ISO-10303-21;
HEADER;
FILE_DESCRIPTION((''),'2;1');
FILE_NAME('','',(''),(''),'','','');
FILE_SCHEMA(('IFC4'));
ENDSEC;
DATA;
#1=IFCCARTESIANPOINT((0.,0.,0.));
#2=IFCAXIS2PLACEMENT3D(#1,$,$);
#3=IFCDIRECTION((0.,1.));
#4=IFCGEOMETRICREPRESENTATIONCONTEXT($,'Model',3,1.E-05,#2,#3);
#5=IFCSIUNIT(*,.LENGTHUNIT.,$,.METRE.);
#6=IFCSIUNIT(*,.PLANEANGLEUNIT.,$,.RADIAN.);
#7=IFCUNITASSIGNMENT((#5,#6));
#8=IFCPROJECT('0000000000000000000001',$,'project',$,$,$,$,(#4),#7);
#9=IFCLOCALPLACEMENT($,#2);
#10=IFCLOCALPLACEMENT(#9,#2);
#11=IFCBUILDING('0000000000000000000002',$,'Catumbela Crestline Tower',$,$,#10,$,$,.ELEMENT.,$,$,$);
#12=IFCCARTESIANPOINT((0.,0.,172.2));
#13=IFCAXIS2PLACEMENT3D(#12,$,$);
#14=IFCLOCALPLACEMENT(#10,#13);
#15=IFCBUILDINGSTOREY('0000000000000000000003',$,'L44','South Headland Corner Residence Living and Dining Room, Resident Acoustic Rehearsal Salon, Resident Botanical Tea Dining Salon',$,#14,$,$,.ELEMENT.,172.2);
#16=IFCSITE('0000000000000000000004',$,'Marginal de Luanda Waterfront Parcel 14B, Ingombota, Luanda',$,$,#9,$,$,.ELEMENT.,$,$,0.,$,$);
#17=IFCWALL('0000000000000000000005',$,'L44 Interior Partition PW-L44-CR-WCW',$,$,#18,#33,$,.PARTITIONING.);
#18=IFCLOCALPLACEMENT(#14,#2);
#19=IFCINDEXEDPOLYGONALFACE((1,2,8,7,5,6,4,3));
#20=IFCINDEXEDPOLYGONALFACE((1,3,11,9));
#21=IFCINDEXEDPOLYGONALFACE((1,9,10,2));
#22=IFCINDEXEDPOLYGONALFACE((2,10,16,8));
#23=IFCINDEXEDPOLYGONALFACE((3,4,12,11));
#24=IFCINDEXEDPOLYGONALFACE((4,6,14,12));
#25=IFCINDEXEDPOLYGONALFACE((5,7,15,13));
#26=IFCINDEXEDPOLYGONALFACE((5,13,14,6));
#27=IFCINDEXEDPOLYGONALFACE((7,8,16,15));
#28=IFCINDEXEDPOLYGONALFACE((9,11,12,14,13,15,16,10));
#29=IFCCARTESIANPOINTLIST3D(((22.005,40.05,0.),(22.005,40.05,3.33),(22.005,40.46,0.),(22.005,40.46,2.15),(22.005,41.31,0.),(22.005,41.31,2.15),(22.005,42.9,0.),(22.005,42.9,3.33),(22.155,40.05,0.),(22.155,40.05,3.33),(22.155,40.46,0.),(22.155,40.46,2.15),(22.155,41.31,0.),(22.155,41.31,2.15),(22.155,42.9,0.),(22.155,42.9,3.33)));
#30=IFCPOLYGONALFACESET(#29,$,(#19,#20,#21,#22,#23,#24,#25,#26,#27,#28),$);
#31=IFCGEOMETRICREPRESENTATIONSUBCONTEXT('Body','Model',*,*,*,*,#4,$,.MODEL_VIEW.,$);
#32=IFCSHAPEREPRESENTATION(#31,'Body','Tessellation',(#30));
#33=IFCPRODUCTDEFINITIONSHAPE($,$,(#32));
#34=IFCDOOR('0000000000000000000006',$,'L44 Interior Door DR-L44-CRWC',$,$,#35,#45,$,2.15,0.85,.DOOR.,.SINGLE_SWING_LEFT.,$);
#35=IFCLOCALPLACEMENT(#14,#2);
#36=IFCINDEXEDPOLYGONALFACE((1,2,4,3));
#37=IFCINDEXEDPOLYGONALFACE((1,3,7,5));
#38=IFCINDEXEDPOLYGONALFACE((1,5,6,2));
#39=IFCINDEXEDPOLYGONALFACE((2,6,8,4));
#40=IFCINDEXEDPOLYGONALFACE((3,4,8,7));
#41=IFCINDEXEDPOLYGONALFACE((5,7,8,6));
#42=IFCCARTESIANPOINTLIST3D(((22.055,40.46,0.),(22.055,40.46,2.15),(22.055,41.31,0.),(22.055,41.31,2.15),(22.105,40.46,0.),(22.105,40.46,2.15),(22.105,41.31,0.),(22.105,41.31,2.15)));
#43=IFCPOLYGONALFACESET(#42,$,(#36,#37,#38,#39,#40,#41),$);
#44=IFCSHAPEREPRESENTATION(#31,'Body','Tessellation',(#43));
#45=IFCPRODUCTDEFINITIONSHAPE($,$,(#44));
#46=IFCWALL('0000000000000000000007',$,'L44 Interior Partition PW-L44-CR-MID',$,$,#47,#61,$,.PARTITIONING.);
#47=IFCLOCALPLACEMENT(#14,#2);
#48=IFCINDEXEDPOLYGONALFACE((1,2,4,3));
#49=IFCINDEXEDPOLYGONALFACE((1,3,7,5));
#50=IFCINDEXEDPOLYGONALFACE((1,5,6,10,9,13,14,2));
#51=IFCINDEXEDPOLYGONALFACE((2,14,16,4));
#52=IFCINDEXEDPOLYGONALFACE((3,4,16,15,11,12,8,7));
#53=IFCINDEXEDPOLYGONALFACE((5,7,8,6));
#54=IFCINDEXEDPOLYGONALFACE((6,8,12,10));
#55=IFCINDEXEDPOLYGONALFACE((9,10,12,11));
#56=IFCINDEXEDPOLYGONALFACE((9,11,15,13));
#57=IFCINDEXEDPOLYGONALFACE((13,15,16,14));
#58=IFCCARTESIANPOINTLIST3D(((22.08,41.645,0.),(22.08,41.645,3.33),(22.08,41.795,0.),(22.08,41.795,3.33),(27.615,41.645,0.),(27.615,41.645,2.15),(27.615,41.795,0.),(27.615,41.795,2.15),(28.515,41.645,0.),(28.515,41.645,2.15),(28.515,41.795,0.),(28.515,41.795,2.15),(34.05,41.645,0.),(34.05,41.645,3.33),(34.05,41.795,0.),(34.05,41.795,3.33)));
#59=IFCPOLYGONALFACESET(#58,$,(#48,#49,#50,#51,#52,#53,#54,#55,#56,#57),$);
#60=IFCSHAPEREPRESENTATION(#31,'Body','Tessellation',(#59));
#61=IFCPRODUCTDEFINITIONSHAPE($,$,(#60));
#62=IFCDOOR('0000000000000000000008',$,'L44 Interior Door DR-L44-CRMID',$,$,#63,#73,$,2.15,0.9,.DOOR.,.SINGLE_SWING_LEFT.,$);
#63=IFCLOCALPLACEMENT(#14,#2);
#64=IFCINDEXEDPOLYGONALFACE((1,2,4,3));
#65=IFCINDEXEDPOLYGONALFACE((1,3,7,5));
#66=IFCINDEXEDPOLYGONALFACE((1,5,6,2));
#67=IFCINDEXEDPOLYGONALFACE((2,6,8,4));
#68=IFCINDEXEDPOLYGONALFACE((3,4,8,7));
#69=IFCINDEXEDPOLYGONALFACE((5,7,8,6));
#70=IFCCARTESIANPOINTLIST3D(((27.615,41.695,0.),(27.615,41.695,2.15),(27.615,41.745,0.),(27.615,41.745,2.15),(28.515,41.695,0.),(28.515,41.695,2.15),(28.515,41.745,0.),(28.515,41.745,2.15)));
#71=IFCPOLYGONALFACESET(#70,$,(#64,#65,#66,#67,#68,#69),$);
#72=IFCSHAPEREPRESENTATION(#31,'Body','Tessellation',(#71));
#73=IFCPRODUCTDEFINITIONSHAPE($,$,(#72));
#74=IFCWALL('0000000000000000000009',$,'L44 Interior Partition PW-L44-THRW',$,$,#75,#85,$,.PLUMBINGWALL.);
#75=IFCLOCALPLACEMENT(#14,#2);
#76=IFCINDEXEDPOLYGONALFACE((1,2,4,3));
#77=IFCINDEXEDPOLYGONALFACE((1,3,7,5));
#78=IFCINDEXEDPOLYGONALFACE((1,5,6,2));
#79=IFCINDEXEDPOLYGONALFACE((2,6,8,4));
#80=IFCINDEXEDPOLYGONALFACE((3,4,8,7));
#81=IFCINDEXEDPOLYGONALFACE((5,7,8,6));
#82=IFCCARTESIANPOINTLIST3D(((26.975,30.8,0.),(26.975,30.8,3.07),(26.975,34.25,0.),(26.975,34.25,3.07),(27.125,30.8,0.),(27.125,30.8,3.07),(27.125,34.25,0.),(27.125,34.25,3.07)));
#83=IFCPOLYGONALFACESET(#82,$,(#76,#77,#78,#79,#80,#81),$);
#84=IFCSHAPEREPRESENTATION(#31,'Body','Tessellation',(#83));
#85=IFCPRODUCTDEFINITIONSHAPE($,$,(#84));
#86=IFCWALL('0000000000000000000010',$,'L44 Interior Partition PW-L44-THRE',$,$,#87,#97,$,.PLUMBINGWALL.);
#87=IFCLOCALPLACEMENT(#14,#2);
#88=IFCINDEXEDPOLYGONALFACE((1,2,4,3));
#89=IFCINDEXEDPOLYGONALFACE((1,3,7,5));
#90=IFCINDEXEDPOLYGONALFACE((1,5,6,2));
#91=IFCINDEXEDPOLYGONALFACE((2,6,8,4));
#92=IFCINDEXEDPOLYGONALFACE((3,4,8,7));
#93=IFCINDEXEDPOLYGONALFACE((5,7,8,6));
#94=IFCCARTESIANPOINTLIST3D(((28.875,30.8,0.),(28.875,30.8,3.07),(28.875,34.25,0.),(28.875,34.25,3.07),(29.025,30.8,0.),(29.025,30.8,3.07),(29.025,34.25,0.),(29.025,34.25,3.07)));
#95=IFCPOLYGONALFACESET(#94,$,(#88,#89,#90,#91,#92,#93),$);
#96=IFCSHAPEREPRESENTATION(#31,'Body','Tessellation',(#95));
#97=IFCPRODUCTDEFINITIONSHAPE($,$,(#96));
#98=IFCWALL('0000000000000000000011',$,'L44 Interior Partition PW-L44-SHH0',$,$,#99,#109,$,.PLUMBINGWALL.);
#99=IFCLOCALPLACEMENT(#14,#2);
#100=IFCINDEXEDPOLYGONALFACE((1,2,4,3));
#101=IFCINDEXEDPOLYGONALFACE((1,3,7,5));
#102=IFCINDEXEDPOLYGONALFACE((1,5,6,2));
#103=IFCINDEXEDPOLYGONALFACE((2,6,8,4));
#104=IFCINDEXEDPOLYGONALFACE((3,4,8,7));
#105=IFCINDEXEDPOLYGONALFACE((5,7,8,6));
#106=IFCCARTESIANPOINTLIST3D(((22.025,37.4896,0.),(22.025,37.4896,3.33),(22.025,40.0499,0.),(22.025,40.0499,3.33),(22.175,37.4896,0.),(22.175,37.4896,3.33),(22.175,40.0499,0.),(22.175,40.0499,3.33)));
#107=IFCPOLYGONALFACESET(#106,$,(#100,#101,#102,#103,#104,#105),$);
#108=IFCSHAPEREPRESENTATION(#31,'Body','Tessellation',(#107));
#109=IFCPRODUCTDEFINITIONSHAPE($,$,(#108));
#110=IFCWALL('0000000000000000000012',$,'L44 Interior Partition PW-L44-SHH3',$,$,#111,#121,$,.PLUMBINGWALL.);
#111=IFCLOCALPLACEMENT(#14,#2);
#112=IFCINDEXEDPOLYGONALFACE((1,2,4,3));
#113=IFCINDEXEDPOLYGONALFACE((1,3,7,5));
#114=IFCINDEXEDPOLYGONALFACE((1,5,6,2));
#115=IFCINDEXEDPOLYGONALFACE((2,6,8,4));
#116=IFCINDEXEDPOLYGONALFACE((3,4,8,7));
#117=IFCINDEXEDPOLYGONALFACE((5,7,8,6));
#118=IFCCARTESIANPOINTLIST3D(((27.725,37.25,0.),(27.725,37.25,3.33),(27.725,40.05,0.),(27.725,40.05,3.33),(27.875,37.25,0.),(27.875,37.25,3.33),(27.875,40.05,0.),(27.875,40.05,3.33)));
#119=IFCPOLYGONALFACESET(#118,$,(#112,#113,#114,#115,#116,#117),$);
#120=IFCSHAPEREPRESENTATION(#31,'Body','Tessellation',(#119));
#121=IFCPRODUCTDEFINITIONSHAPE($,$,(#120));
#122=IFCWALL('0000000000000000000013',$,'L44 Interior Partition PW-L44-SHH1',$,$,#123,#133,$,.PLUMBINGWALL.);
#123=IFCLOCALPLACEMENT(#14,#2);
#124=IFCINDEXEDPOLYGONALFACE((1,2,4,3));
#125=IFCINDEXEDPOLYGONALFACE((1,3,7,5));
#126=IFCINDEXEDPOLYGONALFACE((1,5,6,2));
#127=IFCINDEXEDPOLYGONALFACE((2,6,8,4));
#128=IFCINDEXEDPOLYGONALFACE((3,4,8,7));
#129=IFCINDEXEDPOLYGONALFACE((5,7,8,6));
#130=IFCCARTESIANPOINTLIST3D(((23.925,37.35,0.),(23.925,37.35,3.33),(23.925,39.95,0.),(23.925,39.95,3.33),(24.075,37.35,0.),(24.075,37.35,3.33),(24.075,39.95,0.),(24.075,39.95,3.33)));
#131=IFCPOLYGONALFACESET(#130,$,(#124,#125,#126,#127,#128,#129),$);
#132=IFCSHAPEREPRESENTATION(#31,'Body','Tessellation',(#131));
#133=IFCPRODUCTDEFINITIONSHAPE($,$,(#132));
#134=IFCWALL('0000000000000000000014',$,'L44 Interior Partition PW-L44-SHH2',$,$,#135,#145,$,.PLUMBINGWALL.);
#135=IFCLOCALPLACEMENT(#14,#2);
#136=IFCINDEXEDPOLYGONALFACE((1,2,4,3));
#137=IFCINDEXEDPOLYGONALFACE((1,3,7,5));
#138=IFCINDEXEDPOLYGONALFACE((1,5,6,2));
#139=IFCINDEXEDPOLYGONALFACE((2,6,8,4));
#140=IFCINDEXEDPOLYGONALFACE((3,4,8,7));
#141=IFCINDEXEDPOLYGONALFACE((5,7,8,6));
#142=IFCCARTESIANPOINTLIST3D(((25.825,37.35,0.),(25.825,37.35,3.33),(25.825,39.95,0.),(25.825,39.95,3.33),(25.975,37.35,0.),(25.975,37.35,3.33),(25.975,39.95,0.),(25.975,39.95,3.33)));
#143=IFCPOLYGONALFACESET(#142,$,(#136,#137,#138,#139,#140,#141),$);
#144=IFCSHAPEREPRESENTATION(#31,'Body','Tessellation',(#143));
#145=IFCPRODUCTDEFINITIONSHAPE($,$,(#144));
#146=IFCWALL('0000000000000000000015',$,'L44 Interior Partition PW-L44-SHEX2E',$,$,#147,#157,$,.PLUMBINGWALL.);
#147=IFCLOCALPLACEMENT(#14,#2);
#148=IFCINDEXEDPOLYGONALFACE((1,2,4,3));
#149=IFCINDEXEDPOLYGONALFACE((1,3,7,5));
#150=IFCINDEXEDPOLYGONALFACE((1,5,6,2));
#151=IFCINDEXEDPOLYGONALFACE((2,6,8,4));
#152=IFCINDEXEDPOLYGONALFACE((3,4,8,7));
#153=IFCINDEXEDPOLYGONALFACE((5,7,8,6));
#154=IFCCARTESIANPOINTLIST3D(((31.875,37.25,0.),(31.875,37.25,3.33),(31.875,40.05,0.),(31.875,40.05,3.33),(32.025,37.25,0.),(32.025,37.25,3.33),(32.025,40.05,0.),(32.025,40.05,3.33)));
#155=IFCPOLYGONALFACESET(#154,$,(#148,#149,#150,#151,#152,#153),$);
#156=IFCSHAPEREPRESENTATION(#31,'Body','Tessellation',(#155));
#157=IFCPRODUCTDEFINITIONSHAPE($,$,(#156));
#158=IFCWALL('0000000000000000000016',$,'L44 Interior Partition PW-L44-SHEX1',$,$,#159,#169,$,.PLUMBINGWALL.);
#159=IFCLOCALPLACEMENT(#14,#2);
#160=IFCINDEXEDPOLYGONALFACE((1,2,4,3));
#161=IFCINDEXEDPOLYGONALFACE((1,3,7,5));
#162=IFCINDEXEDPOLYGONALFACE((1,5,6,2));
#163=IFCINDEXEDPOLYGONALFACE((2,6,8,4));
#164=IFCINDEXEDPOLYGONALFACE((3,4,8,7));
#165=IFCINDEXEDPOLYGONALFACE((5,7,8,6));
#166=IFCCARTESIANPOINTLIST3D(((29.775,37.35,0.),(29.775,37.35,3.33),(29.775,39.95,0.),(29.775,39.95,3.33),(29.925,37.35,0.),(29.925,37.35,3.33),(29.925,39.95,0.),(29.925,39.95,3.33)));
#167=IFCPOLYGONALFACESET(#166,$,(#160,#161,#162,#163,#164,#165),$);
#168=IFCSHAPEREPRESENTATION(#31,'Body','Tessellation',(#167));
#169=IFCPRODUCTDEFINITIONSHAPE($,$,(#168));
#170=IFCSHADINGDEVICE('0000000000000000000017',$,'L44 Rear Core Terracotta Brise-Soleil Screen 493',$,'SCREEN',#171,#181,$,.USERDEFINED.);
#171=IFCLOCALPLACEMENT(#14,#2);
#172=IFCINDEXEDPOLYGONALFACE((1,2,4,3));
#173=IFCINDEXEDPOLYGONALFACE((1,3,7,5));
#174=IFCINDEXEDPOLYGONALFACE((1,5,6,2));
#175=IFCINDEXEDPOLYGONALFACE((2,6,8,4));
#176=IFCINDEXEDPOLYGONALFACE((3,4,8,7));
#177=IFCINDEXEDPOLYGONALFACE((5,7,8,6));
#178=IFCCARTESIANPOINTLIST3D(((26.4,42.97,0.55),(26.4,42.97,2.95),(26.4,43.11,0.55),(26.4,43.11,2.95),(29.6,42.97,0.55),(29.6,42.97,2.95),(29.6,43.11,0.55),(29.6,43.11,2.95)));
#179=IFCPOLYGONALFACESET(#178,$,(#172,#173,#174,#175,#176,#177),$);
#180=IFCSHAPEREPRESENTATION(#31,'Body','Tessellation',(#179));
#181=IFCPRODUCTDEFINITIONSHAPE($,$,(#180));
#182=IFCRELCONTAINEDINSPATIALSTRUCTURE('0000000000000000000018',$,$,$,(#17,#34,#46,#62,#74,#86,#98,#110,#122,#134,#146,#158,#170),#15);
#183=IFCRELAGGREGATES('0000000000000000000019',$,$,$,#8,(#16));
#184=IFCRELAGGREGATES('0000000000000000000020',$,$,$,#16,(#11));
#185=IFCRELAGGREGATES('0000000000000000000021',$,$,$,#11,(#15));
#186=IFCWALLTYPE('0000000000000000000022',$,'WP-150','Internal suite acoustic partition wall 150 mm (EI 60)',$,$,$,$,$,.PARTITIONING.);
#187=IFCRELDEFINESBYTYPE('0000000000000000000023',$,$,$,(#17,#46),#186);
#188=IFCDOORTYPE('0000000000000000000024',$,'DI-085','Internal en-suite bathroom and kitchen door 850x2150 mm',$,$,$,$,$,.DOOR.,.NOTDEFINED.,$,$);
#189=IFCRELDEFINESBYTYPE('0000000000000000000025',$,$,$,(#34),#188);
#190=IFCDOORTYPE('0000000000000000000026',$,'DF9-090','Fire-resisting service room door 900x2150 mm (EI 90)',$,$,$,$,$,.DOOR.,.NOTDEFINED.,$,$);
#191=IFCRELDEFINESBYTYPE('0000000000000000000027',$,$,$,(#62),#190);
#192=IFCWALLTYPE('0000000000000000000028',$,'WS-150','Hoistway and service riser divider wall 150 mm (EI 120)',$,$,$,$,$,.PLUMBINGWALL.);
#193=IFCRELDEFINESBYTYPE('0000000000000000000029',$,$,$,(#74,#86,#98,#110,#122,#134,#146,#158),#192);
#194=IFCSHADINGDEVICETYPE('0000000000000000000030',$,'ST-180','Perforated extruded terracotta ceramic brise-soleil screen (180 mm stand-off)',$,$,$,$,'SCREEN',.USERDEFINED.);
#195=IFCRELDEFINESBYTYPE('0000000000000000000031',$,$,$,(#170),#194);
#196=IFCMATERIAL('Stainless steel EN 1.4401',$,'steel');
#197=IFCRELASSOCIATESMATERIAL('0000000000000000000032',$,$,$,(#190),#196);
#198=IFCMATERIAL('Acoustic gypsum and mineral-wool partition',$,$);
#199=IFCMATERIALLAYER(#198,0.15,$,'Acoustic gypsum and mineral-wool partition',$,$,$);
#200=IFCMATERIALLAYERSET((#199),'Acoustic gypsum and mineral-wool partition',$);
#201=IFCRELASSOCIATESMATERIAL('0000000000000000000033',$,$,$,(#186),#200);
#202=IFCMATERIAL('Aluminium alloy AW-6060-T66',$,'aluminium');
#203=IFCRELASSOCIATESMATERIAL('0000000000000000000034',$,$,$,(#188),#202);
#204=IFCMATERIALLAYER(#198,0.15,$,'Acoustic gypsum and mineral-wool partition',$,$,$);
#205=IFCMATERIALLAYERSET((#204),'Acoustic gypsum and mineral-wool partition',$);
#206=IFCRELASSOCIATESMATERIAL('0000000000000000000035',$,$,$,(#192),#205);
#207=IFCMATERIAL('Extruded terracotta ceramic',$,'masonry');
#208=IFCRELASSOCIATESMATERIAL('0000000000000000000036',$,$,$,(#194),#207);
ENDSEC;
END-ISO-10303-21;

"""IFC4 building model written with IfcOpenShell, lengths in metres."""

from ifc_helpers import new_model, si_unit, direction, frame, frame_2d, origin, origin_2d, place, context, subcontext, project, spatial, rectangle, extrude, material, layer, layer_set, type_object, element, fill, save


model = new_model("IFC4")

# Units and contexts
model_context = context("Model", 3, precision=1e-05, world=origin(), true_north=direction((0.0, 1.0)))
body_context = subcontext(model_context, "Body", "Model", "MODEL_VIEW")
ifc_project = project(units=[si_unit("LENGTHUNIT", "METRE"), si_unit("PLANEANGLEUNIT", "RADIAN")], contexts=[model_context])

# Site, building, storey
site_placement = place(None, origin())
site = spatial("IfcSite", under=ifc_project, at=site_placement, Name="Marginal de Luanda Waterfront Parcel 14B, Ingombota, Luanda", CompositionType="ELEMENT", RefElevation=0.0)
building_placement = place(site_placement, origin())
building = spatial("IfcBuilding", under=site, at=building_placement, Name="Catumbela Crestline Tower", CompositionType="ELEMENT")
storey_placement = place(building_placement, frame((0.0, 0.0, 172.2)))
storey = spatial("IfcBuildingStorey", under=building, at=storey_placement, Name="L44", Description="South Headland Corner Residence Living and Dining Room, Resident Acoustic Rehearsal Salon, Resident Botanical Tea Dining Salon", CompositionType="ELEMENT", Elevation=172.2)

# Shared definitions
ifc_material_1 = material(Name="Stainless steel EN 1.4401", Category="steel")

# Shared definitions
door_type_1 = type_object("IfcDoorType", Name="DF9-090", Description="Fire-resisting service room door 900x2150 mm (EI 90)", OperationType="NOTDEFINED", PredefinedType="DOOR", material=ifc_material_1)

# Walls, openings, doors
ifc_material_2 = material(Name="Acoustic gypsum and mineral-wool partition")
ifc_layer_1 = layer(ifc_material_2, 0.15, Name="Acoustic gypsum and mineral-wool partition")
ifc_layer_set_1 = layer_set([ifc_layer_1], Name="Acoustic gypsum and mineral-wool partition")
wall_type_1 = type_object("IfcWallType", Name="WP-150", Description="Internal suite acoustic partition wall 150 mm (EI 60)", PredefinedType="PARTITIONING", material=ifc_layer_set_1)
wall_1_placement = place(storey_placement, frame((22.08, 40.05, 0.0), z_axis=(0.0, 0.0, 1.0), x_axis=(0.0, 1.0, 0.0)))
wall_1 = element("IfcWall", 1, at=wall_1_placement, inside=storey, type_object=wall_type_1, Name="L44 Interior Partition PW-L44-CR-WCW", PredefinedType="PARTITIONING", context=body_context, shape_type="SweptSolid", body=[
    extrude(rectangle(XDim=2.85, YDim=0.15, at=frame_2d((1.425, 0.0))), origin(), (0.0, 0.0, 1.0), 3.33),
])
opening_1_placement = place(wall_1_placement, frame((0.41, 0.0, 0.0)))
opening_1 = element("IfcOpeningElement", 2, at=opening_1_placement, cuts=wall_1, PredefinedType="OPENING", context=body_context, shape_type="SweptSolid", body=[
    extrude(rectangle(XDim=0.85, YDim=2.15, at=frame_2d((0.425, 1.075))), frame((0.0, 0.085, 0.0), z_axis=(0.0, -1.0, 0.0), x_axis=(1.0, 0.0, 0.0)), (0.0, 0.0, 1.0), 0.17),
])
ifc_material_3 = material(Name="Aluminium alloy AW-6060-T66", Category="aluminium")
door_type_2 = type_object("IfcDoorType", Name="DI-085", Description="Internal en-suite bathroom and kitchen door 850x2150 mm", OperationType="NOTDEFINED", PredefinedType="DOOR", material=ifc_material_3)
door_1_placement = place(opening_1_placement, origin())
door_1 = element("IfcDoor", 3, at=door_1_placement, inside=storey, type_object=door_type_2, Name="L44 Interior Door DR-L44-CRWC", OperationType="SINGLE_SWING_LEFT", OverallHeight=2.15, OverallWidth=0.85, PredefinedType="DOOR", context=body_context, shape_type="SweptSolid", body=[
    extrude(rectangle(XDim=0.85, YDim=2.15, at=frame_2d((0.425, 1.075))), frame((0.0, 0.025, 0.0), z_axis=(0.0, -1.0, 0.0), x_axis=(1.0, 0.0, 0.0)), (0.0, 0.0, 1.0), 0.05),
])
fill(opening_1, door_1)
wall_2_placement = place(storey_placement, frame((22.08, 41.72, 0.0), z_axis=(0.0, 0.0, 1.0), x_axis=(1.0, 0.0, 0.0)))
wall_2 = element("IfcWall", 4, at=wall_2_placement, inside=storey, type_object=wall_type_1, Name="L44 Interior Partition PW-L44-CR-MID", PredefinedType="PARTITIONING", context=body_context, shape_type="SweptSolid", body=[
    extrude(rectangle(XDim=11.97, YDim=0.15, at=frame_2d((5.985, 0.0))), origin(), (0.0, 0.0, 1.0), 3.33),
])
opening_2_placement = place(wall_2_placement, frame((5.535, 0.0, 0.0)))
opening_2 = element("IfcOpeningElement", 5, at=opening_2_placement, cuts=wall_2, PredefinedType="OPENING", context=body_context, shape_type="SweptSolid", body=[
    extrude(rectangle(XDim=0.9, YDim=2.15, at=frame_2d((0.45, 1.075))), frame((0.0, 0.085, 0.0), z_axis=(0.0, -1.0, 0.0), x_axis=(1.0, 0.0, 0.0)), (0.0, 0.0, 1.0), 0.17),
])
door_2_placement = place(opening_2_placement, origin())
door_2 = element("IfcDoor", 6, at=door_2_placement, inside=storey, type_object=door_type_1, Name="L44 Interior Door DR-L44-CRMID", OperationType="SINGLE_SWING_LEFT", OverallHeight=2.15, OverallWidth=0.9, PredefinedType="DOOR", context=body_context, shape_type="SweptSolid", body=[
    extrude(rectangle(XDim=0.9, YDim=2.15, at=frame_2d((0.45, 1.075))), frame((0.0, 0.025, 0.0), z_axis=(0.0, -1.0, 0.0), x_axis=(1.0, 0.0, 0.0)), (0.0, 0.0, 1.0), 0.05),
])
fill(opening_2, door_2)

# Walls
ifc_layer_2 = layer(ifc_material_2, 0.15, Name="Acoustic gypsum and mineral-wool partition")
ifc_layer_set_2 = layer_set([ifc_layer_2], Name="Acoustic gypsum and mineral-wool partition")
wall_type_2 = type_object("IfcWallType", Name="WS-150", Description="Hoistway and service riser divider wall 150 mm (EI 120)", PredefinedType="PLUMBINGWALL", material=ifc_layer_set_2)
for number, where, z_axis, x_axis, name in (
    (7, (27.05, 30.8, 0.0), (0.0, 0.0, 1.0), (0.0, 1.0, 0.0), "L44 Interior Partition PW-L44-THRW"),
    (8, (28.95, 30.8, 0.0), (0.0, 0.0, 1.0), (0.0, 1.0, 0.0), "L44 Interior Partition PW-L44-THRE"),
):
    element("IfcWall", number, at=place(storey_placement, frame(where, z_axis=z_axis, x_axis=x_axis)), inside=storey, type_object=wall_type_2, Name=name, PredefinedType="PLUMBINGWALL", context=body_context, shape_type="SweptSolid", body=[
        extrude(rectangle(XDim=3.45, YDim=0.15, at=frame_2d((1.725, 0.0))), origin(), (0.0, 0.0, 1.0), 3.07),
    ])
wall_3_placement = place(storey_placement, frame((22.1, 37.4897, 0.0), z_axis=(0.0, 0.0, 1.0), x_axis=(0.0, 1.0, 0.0)))
element("IfcWall", 9, at=wall_3_placement, inside=storey, type_object=wall_type_2, Name="L44 Interior Partition PW-L44-SHH0", PredefinedType="PLUMBINGWALL", context=body_context, shape_type="SweptSolid", body=[
    extrude(rectangle(XDim=2.5603, YDim=0.15, at=frame_2d((1.2801, 0.0))), origin(), (0.0, 0.0, 1.0), 3.33),
])
wall_4_placement = place(storey_placement, frame((27.8, 37.25, 0.0), z_axis=(0.0, 0.0, 1.0), x_axis=(0.0, 1.0, 0.0)))
element("IfcWall", 10, at=wall_4_placement, inside=storey, type_object=wall_type_2, Name="L44 Interior Partition PW-L44-SHH3", PredefinedType="PLUMBINGWALL", context=body_context, shape_type="SweptSolid", body=[
    extrude(rectangle(XDim=2.8, YDim=0.15, at=frame_2d((1.4, 0.0))), origin(), (0.0, 0.0, 1.0), 3.33),
])
for number, where, z_axis, x_axis, name in (
    (11, (24.0, 37.35, 0.0), (0.0, 0.0, 1.0), (0.0, 1.0, 0.0), "L44 Interior Partition PW-L44-SHH1"),
    (12, (25.9, 37.35, 0.0), (0.0, 0.0, 1.0), (0.0, 1.0, 0.0), "L44 Interior Partition PW-L44-SHH2"),
):
    element("IfcWall", number, at=place(storey_placement, frame(where, z_axis=z_axis, x_axis=x_axis)), inside=storey, type_object=wall_type_2, Name=name, PredefinedType="PLUMBINGWALL", context=body_context, shape_type="SweptSolid", body=[
        extrude(rectangle(XDim=2.6, YDim=0.15, at=frame_2d((1.3, 0.0))), origin(), (0.0, 0.0, 1.0), 3.33),
    ])
wall_5_placement = place(storey_placement, frame((31.95, 37.25, 0.0), z_axis=(0.0, 0.0, 1.0), x_axis=(0.0, 1.0, 0.0)))
element("IfcWall", 13, at=wall_5_placement, inside=storey, type_object=wall_type_2, Name="L44 Interior Partition PW-L44-SHEX2E", PredefinedType="PLUMBINGWALL", context=body_context, shape_type="SweptSolid", body=[
    extrude(rectangle(XDim=2.8, YDim=0.15, at=frame_2d((1.4, 0.0))), origin(), (0.0, 0.0, 1.0), 3.33),
])
wall_6_placement = place(storey_placement, frame((29.85, 37.35, 0.0), z_axis=(0.0, 0.0, 1.0), x_axis=(0.0, 1.0, 0.0)))
element("IfcWall", 14, at=wall_6_placement, inside=storey, type_object=wall_type_2, Name="L44 Interior Partition PW-L44-SHEX1", PredefinedType="PLUMBINGWALL", context=body_context, shape_type="SweptSolid", body=[
    extrude(rectangle(XDim=2.6, YDim=0.15, at=frame_2d((1.3, 0.0))), origin(), (0.0, 0.0, 1.0), 3.33),
])

# Shading device
ifc_material_4 = material(Name="Extruded terracotta ceramic", Category="masonry")
shading_device_type_1 = type_object("IfcShadingDeviceType", Name="ST-180", Description="Perforated extruded terracotta ceramic brise-soleil screen (180 mm stand-off)", ElementType="SCREEN", PredefinedType="USERDEFINED", material=ifc_material_4)
shading_device_1_placement = place(storey_placement, frame((28.0, 43.04, 0.55), z_axis=(0.0, 0.0, 1.0), x_axis=(1.0, 0.0, 0.0)))
element("IfcShadingDevice", 15, at=shading_device_1_placement, inside=storey, type_object=shading_device_type_1, Name="L44 Rear Core Terracotta Brise-Soleil Screen 493", ObjectType="SCREEN", PredefinedType="USERDEFINED", context=body_context, shape_type="SweptSolid", body=[
    extrude(rectangle(XDim=3.2, YDim=0.14, at=origin_2d()), origin(), (0.0, 0.0, 1.0), 2.4),
])

save(model, "model.ifc")
